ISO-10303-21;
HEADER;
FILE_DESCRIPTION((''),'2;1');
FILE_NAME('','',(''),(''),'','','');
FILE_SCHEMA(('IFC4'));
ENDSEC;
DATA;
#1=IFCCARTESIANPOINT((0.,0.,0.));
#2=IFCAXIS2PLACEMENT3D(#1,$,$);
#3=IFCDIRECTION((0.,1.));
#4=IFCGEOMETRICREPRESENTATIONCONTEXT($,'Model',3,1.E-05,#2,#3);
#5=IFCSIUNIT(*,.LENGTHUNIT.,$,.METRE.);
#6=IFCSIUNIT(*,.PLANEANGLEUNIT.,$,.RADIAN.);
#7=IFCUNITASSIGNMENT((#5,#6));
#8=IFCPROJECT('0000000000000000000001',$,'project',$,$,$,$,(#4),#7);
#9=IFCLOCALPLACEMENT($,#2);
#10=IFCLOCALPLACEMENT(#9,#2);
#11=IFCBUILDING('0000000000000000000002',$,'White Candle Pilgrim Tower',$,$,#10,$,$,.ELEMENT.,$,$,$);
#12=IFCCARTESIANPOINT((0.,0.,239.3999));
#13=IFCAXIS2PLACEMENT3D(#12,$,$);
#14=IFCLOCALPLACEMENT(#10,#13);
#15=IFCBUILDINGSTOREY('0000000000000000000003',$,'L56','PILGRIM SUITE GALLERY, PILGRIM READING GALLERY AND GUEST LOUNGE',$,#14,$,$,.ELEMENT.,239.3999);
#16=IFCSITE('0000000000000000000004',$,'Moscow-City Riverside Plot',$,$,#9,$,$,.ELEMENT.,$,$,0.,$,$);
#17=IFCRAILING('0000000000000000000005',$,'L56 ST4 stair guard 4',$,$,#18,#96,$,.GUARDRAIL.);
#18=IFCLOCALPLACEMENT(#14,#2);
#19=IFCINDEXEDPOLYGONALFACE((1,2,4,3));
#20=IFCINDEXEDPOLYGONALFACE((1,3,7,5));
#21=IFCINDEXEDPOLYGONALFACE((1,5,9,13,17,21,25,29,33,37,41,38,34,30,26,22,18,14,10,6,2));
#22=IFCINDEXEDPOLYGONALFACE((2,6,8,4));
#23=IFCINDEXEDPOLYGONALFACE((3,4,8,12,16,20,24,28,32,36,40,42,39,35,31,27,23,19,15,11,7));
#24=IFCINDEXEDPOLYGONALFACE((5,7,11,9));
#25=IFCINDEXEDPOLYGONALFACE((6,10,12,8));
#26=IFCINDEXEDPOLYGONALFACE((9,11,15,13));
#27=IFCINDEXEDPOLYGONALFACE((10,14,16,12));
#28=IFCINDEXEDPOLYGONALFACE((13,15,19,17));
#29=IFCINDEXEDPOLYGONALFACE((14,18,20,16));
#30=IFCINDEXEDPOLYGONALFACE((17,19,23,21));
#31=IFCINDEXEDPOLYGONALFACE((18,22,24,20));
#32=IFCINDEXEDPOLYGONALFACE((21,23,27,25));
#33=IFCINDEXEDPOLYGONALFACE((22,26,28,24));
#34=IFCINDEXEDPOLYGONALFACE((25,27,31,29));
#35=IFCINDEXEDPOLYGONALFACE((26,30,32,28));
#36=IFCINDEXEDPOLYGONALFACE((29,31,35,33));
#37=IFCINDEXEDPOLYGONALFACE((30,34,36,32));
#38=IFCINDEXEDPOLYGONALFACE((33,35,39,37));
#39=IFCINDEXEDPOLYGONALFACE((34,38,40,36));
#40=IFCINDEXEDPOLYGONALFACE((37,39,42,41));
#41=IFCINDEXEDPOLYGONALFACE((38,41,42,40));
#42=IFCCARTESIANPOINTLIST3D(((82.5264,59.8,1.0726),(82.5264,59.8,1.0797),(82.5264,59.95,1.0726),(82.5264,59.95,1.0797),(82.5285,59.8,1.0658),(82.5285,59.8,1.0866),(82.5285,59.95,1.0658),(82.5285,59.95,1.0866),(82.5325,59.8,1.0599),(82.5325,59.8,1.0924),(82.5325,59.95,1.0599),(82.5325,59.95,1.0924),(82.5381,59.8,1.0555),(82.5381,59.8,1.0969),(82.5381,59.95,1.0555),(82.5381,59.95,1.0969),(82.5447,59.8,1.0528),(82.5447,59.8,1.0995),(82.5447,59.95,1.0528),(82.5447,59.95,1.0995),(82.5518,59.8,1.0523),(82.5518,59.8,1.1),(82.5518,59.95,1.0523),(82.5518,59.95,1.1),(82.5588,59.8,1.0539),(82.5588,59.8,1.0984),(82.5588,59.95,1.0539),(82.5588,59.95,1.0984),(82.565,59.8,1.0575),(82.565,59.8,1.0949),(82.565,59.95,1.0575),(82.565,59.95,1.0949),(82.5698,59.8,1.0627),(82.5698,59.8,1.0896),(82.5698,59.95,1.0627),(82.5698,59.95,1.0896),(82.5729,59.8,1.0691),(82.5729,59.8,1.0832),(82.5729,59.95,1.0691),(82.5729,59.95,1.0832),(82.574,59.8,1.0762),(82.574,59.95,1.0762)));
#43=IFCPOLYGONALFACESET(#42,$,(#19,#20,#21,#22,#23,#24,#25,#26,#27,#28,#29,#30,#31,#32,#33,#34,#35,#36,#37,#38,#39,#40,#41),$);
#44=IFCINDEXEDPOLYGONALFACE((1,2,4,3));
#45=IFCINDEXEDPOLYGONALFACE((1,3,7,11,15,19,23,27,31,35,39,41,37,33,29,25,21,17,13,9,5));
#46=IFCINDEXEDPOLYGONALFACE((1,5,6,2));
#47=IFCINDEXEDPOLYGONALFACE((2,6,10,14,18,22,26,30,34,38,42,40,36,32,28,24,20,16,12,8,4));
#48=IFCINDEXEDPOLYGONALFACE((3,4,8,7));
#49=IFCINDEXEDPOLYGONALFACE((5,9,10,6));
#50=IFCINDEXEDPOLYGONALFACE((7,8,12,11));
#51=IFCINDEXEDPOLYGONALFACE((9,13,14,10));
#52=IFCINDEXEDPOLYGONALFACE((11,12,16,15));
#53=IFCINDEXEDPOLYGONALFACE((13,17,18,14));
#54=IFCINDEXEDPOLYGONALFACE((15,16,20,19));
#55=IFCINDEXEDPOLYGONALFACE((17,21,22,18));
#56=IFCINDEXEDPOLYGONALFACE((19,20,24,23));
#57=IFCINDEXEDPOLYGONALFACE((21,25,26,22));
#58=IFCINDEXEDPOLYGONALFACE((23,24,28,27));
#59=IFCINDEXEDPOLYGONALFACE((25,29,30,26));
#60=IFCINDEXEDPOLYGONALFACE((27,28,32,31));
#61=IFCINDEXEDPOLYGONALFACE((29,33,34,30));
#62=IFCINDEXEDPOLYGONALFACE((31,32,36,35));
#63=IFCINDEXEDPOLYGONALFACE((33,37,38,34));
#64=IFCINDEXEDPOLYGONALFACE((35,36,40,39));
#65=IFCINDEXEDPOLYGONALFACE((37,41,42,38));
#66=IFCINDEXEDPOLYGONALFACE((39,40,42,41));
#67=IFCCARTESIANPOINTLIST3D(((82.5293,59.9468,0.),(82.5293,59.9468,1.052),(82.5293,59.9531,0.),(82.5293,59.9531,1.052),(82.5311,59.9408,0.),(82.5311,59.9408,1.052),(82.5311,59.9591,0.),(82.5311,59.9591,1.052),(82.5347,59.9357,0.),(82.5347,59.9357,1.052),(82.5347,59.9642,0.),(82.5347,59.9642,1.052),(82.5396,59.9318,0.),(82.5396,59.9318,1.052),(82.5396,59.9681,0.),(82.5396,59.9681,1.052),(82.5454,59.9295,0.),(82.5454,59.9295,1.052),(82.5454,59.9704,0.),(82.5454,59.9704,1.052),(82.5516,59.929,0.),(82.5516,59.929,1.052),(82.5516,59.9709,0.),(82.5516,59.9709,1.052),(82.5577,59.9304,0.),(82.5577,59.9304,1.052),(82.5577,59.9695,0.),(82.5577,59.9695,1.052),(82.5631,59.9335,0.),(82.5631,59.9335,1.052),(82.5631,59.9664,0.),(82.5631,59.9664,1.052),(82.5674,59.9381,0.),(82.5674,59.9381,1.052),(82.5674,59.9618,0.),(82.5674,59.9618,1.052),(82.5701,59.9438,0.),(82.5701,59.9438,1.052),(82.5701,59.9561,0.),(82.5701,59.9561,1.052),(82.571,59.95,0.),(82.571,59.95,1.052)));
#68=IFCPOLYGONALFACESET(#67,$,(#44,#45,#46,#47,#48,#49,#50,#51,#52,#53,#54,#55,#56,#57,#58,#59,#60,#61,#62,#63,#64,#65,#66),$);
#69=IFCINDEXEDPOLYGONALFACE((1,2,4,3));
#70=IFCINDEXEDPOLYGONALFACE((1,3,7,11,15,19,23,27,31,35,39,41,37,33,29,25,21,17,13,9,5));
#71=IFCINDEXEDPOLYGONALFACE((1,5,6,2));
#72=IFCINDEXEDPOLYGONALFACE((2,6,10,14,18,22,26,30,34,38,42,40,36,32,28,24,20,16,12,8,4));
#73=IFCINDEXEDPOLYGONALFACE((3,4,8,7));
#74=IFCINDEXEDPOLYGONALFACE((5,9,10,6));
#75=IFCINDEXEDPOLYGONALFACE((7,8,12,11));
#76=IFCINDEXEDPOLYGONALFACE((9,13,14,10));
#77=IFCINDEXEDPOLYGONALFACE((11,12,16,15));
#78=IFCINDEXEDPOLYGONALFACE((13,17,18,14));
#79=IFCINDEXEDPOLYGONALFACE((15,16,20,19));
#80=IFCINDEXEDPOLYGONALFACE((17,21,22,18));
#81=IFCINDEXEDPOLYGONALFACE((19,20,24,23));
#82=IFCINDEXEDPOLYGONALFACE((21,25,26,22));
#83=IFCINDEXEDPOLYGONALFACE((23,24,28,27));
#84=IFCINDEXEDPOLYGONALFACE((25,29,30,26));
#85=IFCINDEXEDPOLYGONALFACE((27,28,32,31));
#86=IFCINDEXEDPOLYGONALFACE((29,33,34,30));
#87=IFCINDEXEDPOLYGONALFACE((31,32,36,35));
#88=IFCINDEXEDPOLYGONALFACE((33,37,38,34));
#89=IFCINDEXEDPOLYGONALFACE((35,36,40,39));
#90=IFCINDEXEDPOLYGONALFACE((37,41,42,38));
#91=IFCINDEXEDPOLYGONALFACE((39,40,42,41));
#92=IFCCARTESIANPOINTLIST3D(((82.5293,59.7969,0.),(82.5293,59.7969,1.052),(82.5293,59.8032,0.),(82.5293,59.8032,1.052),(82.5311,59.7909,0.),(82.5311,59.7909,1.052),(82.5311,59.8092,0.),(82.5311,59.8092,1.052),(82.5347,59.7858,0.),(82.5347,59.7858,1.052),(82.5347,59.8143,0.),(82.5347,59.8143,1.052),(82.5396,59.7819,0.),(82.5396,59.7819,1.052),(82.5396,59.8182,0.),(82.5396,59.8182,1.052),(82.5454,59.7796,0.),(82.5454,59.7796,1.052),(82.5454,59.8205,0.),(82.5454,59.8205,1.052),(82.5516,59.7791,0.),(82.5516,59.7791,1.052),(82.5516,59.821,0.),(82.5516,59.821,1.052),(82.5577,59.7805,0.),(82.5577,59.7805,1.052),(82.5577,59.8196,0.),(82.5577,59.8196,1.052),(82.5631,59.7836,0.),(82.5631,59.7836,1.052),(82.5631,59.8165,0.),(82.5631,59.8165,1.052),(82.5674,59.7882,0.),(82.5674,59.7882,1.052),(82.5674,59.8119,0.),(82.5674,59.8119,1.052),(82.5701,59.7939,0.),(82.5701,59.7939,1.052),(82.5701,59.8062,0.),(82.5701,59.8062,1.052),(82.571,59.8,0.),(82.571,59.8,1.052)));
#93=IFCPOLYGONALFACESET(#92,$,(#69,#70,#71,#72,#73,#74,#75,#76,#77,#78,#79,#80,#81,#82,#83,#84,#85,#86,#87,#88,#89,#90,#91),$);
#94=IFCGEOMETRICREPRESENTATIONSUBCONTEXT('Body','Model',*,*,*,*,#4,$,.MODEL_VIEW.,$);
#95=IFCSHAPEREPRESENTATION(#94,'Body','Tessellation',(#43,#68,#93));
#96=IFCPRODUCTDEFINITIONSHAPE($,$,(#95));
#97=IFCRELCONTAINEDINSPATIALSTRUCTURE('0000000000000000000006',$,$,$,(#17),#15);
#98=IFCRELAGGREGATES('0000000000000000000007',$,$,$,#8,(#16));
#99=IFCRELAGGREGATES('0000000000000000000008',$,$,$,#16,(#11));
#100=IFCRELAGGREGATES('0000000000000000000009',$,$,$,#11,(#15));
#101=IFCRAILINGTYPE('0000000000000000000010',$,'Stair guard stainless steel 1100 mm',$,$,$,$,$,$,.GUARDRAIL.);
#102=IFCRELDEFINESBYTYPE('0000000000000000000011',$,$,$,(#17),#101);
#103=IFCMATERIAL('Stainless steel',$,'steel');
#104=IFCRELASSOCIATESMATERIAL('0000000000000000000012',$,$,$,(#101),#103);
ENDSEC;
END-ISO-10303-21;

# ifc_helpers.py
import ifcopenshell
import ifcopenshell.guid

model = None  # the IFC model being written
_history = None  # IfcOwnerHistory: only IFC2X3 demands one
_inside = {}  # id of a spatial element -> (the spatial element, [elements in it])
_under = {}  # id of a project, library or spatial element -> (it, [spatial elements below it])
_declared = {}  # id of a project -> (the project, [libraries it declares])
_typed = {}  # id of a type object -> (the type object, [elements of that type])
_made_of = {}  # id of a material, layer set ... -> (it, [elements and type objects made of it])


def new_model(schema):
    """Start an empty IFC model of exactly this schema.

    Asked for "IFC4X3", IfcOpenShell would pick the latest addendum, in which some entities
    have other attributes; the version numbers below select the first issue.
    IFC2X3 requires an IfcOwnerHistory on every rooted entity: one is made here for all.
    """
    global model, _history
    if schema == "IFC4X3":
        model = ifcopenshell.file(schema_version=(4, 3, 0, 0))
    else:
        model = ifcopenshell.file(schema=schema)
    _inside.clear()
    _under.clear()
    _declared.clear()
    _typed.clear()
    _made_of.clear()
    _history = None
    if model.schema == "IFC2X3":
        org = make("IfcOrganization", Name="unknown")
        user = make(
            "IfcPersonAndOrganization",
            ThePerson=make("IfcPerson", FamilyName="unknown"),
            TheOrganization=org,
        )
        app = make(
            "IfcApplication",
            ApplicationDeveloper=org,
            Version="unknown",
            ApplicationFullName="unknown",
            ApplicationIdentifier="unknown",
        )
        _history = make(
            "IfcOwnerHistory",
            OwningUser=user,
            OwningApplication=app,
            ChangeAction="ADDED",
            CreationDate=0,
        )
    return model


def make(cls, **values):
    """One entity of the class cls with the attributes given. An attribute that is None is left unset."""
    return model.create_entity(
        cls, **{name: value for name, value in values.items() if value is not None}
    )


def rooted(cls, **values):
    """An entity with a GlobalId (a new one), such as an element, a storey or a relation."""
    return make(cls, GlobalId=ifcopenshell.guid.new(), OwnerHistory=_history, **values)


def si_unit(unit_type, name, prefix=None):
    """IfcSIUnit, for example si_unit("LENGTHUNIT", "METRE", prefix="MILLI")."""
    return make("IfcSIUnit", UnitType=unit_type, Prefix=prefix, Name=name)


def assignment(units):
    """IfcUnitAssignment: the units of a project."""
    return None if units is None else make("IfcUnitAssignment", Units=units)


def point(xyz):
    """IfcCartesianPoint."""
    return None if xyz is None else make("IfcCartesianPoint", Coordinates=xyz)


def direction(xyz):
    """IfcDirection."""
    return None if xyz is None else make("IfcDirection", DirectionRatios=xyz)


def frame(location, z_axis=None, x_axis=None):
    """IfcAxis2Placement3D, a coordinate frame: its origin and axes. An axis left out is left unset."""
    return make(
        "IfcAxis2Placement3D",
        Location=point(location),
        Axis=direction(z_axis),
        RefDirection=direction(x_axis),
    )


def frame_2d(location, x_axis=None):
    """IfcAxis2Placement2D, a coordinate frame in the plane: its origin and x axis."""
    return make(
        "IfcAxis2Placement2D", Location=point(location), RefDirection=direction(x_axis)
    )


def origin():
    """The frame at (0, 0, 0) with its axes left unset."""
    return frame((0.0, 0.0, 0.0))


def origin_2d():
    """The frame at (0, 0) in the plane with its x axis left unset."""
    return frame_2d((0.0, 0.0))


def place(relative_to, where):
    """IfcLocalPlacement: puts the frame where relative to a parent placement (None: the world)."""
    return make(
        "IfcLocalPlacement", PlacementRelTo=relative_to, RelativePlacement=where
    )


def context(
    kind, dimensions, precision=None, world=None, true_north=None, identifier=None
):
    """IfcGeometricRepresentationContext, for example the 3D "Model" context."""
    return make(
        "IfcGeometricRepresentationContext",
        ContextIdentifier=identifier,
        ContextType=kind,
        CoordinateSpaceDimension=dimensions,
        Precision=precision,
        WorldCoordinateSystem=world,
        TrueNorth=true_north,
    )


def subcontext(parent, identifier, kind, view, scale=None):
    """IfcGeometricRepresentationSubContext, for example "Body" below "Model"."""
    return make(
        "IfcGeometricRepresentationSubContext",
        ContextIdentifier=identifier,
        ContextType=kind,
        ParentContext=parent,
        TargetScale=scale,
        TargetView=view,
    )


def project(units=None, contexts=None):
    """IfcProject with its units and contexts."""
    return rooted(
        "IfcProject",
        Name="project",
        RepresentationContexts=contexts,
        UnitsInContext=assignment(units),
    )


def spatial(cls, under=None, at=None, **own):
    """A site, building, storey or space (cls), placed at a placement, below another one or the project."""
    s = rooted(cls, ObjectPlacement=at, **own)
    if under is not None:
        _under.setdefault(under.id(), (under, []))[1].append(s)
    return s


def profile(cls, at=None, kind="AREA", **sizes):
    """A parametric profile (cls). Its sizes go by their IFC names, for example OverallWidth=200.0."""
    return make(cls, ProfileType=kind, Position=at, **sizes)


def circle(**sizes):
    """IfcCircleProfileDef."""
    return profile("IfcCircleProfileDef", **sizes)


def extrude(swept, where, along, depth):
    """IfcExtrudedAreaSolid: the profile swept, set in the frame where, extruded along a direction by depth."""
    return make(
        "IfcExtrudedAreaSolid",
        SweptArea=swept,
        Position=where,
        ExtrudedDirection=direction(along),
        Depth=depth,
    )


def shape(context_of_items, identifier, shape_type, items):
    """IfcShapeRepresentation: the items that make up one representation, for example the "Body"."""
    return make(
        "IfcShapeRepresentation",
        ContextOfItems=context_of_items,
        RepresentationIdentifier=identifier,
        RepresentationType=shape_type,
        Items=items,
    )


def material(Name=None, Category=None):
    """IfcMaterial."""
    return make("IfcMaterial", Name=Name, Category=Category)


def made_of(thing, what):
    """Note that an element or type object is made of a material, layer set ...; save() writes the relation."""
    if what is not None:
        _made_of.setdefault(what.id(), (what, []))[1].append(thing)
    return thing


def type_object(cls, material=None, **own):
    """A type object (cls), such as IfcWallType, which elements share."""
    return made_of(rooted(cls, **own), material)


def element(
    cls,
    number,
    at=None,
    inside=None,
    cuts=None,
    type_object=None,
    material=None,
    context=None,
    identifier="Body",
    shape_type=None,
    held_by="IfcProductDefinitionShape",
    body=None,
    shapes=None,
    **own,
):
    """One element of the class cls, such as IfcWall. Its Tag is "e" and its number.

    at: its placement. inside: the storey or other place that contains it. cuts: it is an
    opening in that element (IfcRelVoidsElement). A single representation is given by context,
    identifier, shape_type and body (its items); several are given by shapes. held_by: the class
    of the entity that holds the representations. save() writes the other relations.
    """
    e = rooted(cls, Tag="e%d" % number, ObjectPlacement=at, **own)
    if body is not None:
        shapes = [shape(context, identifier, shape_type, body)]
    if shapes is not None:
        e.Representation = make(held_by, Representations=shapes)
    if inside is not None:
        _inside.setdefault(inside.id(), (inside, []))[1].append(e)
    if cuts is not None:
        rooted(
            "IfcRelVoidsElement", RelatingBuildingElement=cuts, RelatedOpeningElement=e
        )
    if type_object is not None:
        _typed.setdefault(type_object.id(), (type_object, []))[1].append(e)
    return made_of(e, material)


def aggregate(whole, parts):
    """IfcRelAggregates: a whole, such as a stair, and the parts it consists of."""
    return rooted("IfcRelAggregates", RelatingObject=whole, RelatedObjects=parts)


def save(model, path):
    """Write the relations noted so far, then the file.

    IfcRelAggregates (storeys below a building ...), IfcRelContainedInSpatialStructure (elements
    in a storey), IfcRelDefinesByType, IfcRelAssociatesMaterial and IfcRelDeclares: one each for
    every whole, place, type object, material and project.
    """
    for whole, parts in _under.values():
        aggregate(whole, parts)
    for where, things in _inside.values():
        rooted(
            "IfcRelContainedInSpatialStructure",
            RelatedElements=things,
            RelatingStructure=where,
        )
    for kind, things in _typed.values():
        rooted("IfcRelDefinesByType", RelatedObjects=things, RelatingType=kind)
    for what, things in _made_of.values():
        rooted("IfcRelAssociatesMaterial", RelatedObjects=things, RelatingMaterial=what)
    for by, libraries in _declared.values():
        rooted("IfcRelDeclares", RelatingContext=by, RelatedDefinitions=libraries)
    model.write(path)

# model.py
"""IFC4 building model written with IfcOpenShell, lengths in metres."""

from ifc_helpers import new_model, si_unit, direction, frame, origin, origin_2d, place, context, subcontext, project, spatial, circle, extrude, material, type_object, element, save


model = new_model("IFC4")

# Units and contexts
model_context = context("Model", 3, precision=1e-05, world=origin(), true_north=direction((0.0, 1.0)))
body_context = subcontext(model_context, "Body", "Model", "MODEL_VIEW")
ifc_project = project(units=[si_unit("LENGTHUNIT", "METRE"), si_unit("PLANEANGLEUNIT", "RADIAN")], contexts=[model_context])

# Site, building, storey
site_placement = place(None, origin())
site = spatial("IfcSite", under=ifc_project, at=site_placement, Name="Moscow-City Riverside Plot", CompositionType="ELEMENT", RefElevation=0.0)
building_placement = place(site_placement, origin())
building = spatial("IfcBuilding", under=site, at=building_placement, Name="White Candle Pilgrim Tower", CompositionType="ELEMENT")
storey_placement = place(building_placement, frame((0.0, 0.0, 239.3999)))
storey = spatial("IfcBuildingStorey", under=building, at=storey_placement, Name="L56", Description="PILGRIM SUITE GALLERY, PILGRIM READING GALLERY AND GUEST LOUNGE", CompositionType="ELEMENT", Elevation=239.3999)

# Railing
ifc_material_1 = material(Name="Stainless steel", Category="steel")
railing_type_1 = type_object("IfcRailingType", Name="Stair guard stainless steel 1100 mm", PredefinedType="GUARDRAIL", material=ifc_material_1)
railing_1_placement = place(storey_placement, frame((82.55, 59.95, 0.0)))
element("IfcRailing", 1, at=railing_1_placement, inside=storey, type_object=railing_type_1, Name="L56 ST4 stair guard 4", PredefinedType="GUARDRAIL", context=body_context, shape_type="SweptSolid", body=[
    extrude(circle(Radius=0.0239, at=origin_2d()), frame((0.0, 0.0, 1.0762), z_axis=(0.0, -1.0, 0.0), x_axis=(1.0, 0.0, 0.0)), (0.0, 0.0, 1.0), 0.1499),
    extrude(circle(Radius=0.021, at=origin_2d()), origin(), (0.0, 0.0, 1.0), 1.052),
    extrude(circle(Radius=0.021, at=origin_2d()), frame((0.0, -0.1499, 0.0)), (0.0, 0.0, 1.0), 1.052),
])

save(model, "model.ifc")
